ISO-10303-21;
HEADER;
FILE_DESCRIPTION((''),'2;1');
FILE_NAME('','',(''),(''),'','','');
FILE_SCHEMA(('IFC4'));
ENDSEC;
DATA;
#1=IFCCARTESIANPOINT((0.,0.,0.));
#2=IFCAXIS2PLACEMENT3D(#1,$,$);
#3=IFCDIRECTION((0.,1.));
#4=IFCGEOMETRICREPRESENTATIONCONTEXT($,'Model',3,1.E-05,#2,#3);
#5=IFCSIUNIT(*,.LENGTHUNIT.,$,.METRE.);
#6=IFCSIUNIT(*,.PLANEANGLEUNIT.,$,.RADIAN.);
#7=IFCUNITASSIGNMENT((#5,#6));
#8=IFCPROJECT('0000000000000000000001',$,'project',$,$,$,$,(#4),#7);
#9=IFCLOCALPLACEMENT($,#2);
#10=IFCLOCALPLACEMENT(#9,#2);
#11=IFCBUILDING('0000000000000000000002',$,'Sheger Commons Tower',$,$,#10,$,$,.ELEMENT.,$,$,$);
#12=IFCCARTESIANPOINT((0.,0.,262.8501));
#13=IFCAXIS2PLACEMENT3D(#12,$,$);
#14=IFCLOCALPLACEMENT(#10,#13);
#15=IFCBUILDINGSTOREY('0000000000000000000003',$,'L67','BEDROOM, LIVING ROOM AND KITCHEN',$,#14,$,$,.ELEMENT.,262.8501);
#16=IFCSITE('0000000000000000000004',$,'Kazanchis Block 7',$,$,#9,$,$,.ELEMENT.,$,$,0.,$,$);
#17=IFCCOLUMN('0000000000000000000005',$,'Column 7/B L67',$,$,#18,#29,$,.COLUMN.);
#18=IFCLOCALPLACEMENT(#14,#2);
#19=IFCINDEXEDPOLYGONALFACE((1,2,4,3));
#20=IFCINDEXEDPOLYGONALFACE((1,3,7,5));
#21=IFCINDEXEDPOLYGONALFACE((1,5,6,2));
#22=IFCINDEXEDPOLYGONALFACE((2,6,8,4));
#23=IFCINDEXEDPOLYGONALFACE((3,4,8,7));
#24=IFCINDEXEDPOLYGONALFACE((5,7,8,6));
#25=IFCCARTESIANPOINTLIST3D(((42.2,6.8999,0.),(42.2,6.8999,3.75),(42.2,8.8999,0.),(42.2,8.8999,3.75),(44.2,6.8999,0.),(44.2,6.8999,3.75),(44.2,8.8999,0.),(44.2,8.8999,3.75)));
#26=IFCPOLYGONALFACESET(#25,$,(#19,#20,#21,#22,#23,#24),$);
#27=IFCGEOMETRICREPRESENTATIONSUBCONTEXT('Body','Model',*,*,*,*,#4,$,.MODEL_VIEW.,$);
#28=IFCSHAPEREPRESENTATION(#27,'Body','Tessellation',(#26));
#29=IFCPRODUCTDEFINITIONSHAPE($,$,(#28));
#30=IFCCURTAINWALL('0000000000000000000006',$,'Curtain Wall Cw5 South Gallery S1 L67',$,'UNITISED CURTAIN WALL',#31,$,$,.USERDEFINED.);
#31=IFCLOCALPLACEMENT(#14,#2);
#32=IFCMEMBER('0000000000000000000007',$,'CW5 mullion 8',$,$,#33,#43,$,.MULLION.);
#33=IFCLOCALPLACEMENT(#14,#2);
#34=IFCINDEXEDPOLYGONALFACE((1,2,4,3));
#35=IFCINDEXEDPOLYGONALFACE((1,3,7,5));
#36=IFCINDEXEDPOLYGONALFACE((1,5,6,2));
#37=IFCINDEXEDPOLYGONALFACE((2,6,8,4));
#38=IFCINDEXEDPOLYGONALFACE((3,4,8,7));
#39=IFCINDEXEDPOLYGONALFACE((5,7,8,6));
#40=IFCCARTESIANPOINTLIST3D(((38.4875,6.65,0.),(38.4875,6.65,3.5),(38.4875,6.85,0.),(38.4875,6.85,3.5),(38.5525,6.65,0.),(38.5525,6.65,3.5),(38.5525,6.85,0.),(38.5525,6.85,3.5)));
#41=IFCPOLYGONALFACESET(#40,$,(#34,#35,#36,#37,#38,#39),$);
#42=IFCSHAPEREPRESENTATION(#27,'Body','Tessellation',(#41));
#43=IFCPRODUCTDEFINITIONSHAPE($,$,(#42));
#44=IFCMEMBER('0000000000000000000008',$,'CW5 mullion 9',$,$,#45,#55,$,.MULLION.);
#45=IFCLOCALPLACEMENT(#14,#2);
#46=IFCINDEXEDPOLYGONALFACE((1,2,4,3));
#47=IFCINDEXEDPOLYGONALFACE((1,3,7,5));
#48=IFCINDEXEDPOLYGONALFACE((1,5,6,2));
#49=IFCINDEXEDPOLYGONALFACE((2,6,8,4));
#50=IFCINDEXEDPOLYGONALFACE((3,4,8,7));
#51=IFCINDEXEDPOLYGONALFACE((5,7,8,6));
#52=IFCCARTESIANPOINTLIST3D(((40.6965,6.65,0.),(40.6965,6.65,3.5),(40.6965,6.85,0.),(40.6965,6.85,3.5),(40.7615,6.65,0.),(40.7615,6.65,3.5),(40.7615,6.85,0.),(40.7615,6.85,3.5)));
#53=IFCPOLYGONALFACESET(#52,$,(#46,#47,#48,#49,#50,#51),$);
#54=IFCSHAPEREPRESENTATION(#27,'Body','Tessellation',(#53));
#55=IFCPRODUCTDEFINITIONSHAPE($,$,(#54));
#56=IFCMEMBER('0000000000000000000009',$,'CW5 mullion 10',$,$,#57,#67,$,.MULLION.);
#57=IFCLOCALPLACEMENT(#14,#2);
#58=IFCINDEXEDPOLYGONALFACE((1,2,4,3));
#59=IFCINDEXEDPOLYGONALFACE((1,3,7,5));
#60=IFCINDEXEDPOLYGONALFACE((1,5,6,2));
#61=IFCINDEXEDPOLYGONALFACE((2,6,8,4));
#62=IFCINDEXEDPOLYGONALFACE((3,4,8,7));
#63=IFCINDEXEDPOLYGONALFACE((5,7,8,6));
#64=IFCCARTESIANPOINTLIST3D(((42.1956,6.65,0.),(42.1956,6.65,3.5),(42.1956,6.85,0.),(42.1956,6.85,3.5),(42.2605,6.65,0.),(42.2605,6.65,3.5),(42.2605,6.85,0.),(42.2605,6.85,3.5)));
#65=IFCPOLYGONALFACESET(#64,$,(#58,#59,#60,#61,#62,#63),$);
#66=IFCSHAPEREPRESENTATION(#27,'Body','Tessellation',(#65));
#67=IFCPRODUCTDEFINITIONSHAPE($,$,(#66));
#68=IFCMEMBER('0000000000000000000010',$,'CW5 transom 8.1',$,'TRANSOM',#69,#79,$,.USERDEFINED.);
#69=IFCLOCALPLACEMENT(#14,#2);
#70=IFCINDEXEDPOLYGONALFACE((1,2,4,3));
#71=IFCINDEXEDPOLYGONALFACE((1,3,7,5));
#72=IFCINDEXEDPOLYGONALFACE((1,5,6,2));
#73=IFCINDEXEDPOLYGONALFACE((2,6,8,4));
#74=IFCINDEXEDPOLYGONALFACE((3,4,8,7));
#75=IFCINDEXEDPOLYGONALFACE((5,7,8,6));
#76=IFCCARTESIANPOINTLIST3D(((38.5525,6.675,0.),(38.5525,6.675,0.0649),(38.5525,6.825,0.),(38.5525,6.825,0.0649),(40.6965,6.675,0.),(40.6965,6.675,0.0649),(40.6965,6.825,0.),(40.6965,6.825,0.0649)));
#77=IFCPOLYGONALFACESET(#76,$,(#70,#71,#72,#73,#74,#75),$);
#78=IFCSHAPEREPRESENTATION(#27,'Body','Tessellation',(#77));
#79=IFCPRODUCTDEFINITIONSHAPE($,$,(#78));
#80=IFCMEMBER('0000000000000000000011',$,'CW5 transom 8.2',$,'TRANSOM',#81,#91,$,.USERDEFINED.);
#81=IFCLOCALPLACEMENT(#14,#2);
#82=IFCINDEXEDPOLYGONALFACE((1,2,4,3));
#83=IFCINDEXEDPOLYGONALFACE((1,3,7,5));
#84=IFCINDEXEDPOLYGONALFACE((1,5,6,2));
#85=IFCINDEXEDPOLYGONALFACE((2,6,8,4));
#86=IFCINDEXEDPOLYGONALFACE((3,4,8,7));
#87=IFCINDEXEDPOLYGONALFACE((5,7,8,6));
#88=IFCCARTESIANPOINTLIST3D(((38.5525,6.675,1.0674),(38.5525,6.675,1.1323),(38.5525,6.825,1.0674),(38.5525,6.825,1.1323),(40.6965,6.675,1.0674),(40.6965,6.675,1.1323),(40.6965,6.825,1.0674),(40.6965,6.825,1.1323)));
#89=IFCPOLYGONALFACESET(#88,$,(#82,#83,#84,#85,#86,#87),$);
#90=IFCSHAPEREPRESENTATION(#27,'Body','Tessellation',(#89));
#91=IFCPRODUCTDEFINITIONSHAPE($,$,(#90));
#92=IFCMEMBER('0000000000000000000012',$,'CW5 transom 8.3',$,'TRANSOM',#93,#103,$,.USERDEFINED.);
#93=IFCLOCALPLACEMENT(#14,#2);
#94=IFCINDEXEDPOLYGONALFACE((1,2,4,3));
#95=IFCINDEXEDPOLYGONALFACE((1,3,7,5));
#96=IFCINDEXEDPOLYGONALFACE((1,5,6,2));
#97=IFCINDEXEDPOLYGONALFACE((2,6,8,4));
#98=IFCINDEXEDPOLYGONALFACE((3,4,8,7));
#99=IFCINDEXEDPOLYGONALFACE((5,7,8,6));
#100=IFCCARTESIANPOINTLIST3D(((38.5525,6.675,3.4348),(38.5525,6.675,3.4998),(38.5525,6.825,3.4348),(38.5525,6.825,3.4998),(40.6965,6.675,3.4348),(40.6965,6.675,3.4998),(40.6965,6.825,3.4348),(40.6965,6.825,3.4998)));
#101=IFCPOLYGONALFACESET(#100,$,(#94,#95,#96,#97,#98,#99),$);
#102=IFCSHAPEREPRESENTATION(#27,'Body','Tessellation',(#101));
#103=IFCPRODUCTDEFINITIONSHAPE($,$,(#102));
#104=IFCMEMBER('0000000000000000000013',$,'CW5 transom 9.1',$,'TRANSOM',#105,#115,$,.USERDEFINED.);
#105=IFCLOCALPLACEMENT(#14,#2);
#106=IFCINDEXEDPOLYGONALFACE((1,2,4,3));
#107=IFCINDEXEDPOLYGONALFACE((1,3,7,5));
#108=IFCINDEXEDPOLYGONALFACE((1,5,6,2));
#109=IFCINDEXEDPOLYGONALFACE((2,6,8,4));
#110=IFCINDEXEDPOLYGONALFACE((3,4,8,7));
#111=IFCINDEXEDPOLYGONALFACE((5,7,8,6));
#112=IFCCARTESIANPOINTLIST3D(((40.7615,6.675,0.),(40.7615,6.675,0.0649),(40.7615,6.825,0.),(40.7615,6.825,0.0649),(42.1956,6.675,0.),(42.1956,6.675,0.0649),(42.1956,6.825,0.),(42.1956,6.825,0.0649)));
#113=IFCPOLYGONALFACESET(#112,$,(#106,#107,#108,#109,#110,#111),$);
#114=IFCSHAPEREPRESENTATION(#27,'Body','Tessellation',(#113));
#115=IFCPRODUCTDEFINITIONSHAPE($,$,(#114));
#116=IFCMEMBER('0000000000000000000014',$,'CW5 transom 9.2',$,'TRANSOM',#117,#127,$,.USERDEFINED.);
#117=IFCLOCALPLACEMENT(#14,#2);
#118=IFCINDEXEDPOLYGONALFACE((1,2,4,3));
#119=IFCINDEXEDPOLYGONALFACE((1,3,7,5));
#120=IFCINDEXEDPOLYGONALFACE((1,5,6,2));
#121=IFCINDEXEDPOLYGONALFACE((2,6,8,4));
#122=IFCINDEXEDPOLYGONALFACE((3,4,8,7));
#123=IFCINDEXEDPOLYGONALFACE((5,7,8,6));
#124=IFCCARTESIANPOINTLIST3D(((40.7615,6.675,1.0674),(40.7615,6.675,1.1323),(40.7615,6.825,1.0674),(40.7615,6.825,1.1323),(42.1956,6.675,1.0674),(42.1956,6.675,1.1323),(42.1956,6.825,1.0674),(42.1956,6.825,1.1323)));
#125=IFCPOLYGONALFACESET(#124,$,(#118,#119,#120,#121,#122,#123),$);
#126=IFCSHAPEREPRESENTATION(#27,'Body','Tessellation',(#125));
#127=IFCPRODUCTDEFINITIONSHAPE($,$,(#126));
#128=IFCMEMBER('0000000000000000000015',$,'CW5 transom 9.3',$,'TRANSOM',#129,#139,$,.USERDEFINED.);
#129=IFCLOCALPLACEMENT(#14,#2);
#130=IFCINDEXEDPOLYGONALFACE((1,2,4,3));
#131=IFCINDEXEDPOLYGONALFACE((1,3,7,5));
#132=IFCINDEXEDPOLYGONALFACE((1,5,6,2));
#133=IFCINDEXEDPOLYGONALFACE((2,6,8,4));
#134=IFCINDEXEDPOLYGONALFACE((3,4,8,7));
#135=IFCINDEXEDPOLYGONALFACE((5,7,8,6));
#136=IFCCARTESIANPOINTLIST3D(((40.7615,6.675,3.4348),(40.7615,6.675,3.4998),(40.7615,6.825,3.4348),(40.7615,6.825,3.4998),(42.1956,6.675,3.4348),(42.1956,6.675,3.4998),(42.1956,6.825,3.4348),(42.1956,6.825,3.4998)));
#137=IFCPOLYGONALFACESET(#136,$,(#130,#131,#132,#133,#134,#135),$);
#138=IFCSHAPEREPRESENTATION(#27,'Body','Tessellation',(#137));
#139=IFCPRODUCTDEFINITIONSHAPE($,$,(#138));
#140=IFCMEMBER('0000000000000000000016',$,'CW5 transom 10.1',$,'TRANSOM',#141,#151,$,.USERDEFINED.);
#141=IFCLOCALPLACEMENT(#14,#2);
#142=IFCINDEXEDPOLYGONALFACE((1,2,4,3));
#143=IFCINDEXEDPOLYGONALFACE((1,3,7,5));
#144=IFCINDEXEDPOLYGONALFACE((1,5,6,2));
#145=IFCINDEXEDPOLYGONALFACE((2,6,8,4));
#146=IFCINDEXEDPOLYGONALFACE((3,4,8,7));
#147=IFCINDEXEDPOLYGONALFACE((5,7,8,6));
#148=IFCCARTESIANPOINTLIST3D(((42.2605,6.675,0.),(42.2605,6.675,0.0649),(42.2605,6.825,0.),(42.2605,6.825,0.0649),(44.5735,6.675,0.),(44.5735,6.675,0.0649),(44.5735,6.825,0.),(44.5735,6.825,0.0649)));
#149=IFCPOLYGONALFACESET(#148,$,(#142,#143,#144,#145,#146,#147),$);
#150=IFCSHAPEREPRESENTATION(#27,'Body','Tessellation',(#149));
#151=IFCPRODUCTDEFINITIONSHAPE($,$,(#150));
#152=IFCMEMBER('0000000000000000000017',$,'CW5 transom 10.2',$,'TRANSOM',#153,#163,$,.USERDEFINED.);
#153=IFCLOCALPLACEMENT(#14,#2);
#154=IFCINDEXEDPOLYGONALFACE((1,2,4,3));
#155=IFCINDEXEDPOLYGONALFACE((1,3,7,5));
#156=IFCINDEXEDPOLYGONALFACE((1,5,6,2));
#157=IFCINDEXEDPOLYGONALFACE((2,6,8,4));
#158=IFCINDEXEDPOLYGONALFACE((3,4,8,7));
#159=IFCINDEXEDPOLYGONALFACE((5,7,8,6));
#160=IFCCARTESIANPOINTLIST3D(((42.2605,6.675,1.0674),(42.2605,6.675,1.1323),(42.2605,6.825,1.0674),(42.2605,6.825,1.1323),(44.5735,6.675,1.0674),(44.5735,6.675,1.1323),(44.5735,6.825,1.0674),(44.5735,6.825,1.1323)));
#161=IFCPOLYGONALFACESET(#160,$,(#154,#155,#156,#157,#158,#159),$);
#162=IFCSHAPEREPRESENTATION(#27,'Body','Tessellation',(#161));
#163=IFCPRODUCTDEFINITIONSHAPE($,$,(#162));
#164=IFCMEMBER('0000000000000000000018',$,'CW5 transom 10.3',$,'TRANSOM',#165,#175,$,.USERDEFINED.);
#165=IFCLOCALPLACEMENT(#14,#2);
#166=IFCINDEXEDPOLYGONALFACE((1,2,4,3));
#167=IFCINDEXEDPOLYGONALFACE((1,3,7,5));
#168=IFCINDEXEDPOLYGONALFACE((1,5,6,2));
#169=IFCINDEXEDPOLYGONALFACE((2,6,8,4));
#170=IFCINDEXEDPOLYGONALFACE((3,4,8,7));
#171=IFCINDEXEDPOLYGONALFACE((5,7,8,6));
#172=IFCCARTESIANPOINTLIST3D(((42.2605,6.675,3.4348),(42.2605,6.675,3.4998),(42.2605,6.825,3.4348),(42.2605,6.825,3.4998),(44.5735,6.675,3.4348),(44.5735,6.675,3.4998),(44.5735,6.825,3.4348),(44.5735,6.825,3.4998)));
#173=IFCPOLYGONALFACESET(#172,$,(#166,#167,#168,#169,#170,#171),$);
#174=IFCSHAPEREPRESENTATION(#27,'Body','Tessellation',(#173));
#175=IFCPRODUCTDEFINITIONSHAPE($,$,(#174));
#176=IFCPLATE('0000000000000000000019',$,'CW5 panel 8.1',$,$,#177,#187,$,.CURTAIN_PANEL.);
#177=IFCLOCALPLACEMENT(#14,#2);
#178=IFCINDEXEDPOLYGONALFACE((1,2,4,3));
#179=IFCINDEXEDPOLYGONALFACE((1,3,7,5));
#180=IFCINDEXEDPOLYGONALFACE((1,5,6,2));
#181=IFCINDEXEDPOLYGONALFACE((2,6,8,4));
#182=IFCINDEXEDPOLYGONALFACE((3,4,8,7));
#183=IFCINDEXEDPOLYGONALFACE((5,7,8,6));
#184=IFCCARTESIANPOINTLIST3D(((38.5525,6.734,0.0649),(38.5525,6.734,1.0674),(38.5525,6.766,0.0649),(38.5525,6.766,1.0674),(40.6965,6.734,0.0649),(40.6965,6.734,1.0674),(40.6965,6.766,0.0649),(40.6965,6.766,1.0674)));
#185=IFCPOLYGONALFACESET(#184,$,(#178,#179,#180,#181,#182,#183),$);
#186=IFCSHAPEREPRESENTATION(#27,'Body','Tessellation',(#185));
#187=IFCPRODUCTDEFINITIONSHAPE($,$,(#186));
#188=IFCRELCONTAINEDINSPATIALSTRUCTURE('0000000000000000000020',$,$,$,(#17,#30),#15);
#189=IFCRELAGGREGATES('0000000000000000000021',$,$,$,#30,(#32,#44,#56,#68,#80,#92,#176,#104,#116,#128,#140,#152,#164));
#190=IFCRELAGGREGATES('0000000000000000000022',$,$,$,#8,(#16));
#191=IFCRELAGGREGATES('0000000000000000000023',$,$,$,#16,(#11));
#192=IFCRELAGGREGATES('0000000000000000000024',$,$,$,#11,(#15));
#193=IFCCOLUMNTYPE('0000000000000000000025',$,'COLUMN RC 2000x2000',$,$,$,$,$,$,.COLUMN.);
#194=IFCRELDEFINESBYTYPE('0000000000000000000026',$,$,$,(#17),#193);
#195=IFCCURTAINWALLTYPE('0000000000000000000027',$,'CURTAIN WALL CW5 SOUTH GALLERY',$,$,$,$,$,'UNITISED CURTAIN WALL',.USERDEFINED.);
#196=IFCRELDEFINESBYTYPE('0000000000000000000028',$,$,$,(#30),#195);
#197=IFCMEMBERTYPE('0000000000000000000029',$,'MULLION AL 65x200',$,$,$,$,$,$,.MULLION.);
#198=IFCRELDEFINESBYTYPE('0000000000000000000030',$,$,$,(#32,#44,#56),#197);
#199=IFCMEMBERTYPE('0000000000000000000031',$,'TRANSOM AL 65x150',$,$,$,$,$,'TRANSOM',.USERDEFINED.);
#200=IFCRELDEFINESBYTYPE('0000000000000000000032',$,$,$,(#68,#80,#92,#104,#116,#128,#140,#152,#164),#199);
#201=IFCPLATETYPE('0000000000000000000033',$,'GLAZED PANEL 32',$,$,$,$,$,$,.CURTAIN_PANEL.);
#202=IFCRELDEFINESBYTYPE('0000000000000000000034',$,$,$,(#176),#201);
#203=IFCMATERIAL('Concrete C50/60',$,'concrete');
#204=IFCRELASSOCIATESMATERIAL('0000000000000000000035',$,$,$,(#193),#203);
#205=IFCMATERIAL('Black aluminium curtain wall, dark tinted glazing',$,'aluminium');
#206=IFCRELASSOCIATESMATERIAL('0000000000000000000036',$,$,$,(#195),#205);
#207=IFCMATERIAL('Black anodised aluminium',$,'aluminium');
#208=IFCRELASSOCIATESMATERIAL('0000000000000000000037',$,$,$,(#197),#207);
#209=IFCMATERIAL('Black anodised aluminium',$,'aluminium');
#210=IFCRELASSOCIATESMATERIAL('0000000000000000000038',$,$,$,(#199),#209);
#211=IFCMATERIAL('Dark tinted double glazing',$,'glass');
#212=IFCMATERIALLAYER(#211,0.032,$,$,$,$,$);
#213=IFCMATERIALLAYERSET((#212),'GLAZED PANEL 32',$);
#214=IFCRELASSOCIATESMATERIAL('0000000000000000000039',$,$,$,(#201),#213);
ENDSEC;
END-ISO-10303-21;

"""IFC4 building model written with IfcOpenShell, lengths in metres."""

from ifc_helpers import new_model, si_unit, direction, frame, origin, origin_2d, place, context, subcontext, project, spatial, rectangle, extrude, material, layer, layer_set, material_profile, profile_set, type_object, element, aggregate, save


model = new_model("IFC4")

# Units and contexts
model_context = context("Model", 3, precision=1e-05, world=origin(), true_north=direction((0.0, 1.0)))
body_context = subcontext(model_context, "Body", "Model", "MODEL_VIEW")
ifc_project = project(units=[si_unit("LENGTHUNIT", "METRE"), si_unit("PLANEANGLEUNIT", "RADIAN")], contexts=[model_context])

# Site, building, storey
site_placement = place(None, origin())
site = spatial("IfcSite", under=ifc_project, at=site_placement, Name="Kazanchis Block 7", CompositionType="ELEMENT", RefElevation=0.0)
building_placement = place(site_placement, origin())
building = spatial("IfcBuilding", under=site, at=building_placement, Name="Sheger Commons Tower", CompositionType="ELEMENT")
storey_placement = place(building_placement, frame((0.0, 0.0, 262.8501)))
storey = spatial("IfcBuildingStorey", under=building, at=storey_placement, Name="L67", Description="BEDROOM, LIVING ROOM AND KITCHEN", CompositionType="ELEMENT", Elevation=262.8501)

# Column
ifc_material_1 = material(Name="Concrete C50/60", Category="concrete")
ifc_material_profile_1 = material_profile(ifc_material_1, rectangle(XDim=2.0, YDim=2.0, at=origin_2d()), Name="RC 2000x2000")
ifc_profile_set_1 = profile_set([ifc_material_profile_1], Name="Concrete C50/60")
column_type = type_object("IfcColumnType", Name="COLUMN RC 2000x2000", PredefinedType="COLUMN", material=ifc_profile_set_1)
column_placement = place(storey_placement, frame((43.2, 7.8999, 0.0), z_axis=(0.0, 0.0, 1.0), x_axis=(1.0, 0.0, 0.0)))
element("IfcColumn", 1, at=column_placement, inside=storey, type_object=column_type, Name="Column 7/B L67", PredefinedType="COLUMN", context=body_context, shape_type="SweptSolid", body=[
    extrude(rectangle(XDim=2.0, YDim=2.0, at=origin_2d()), origin(), (0.0, 0.0, 1.0), 3.75),
])

# Curtain wall, members, plate
ifc_material_2 = material(Name="Black aluminium curtain wall, dark tinted glazing", Category="aluminium")
curtain_wall_type = type_object("IfcCurtainWallType", Name="CURTAIN WALL CW5 SOUTH GALLERY", ElementType="UNITISED CURTAIN WALL", PredefinedType="USERDEFINED", material=ifc_material_2)
curtain_wall_placement = place(storey_placement, origin())
curtain_wall = element("IfcCurtainWall", 2, at=curtain_wall_placement, inside=storey, type_object=curtain_wall_type, Name="Curtain Wall Cw5 South Gallery S1 L67", ObjectType="UNITISED CURTAIN WALL", PredefinedType="USERDEFINED")
ifc_material_3 = material(Name="Black anodised aluminium", Category="aluminium")
ifc_material_profile_2 = material_profile(ifc_material_3, rectangle(XDim=0.2, YDim=0.0649, at=origin_2d()), Name="AL 65x200")
ifc_profile_set_2 = profile_set([ifc_material_profile_2], Name="Black anodised aluminium")
member_type_1 = type_object("IfcMemberType", Name="MULLION AL 65x200", PredefinedType="MULLION", material=ifc_profile_set_2)
member_1_placement = place(storey_placement, frame((38.52, 6.75, 0.0), z_axis=(0.0, 0.0, 1.0), x_axis=(0.0, 1.0, 0.0)))
member_1 = element("IfcMember", 3, at=member_1_placement, type_object=member_type_1, Name="CW5 mullion 8", PredefinedType="MULLION", context=body_context, shape_type="SweptSolid", body=[
    extrude(rectangle(XDim=0.2, YDim=0.0649, at=origin_2d()), origin(), (0.0, 0.0, 1.0), 3.5),
])
member_2_placement = place(storey_placement, frame((40.729, 6.75, 0.0), z_axis=(0.0, 0.0, 1.0), x_axis=(0.0, 1.0, 0.0)))
member_2 = element("IfcMember", 4, at=member_2_placement, type_object=member_type_1, Name="CW5 mullion 9", PredefinedType="MULLION", context=body_context, shape_type="SweptSolid", body=[
    extrude(rectangle(XDim=0.2, YDim=0.0649, at=origin_2d()), origin(), (0.0, 0.0, 1.0), 3.5),
])
member_3_placement = place(storey_placement, frame((42.228, 6.75, 0.0), z_axis=(0.0, 0.0, 1.0), x_axis=(0.0, 1.0, 0.0)))
member_3 = element("IfcMember", 5, at=member_3_placement, type_object=member_type_1, Name="CW5 mullion 10", PredefinedType="MULLION", context=body_context, shape_type="SweptSolid", body=[
    extrude(rectangle(XDim=0.2, YDim=0.0649, at=origin_2d()), origin(), (0.0, 0.0, 1.0), 3.5),
])
ifc_material_4 = material(Name="Black anodised aluminium", Category="aluminium")
ifc_material_profile_3 = material_profile(ifc_material_4, rectangle(XDim=0.1499, YDim=0.0649, at=origin_2d()), Name="AL 65x150")
ifc_profile_set_3 = profile_set([ifc_material_profile_3], Name="Black anodised aluminium")
member_type_2 = type_object("IfcMemberType", Name="TRANSOM AL 65x150", ElementType="TRANSOM", PredefinedType="USERDEFINED", material=ifc_profile_set_3)
member_4_placement = place(storey_placement, frame((38.5525, 6.75, 0.0325), z_axis=(1.0, 0.0, 0.0), x_axis=(0.0, 1.0, 0.0)))
member_4 = element("IfcMember", 6, at=member_4_placement, type_object=member_type_2, Name="CW5 transom 8.1", ObjectType="TRANSOM", PredefinedType="USERDEFINED", context=body_context, shape_type="SweptSolid", body=[
    extrude(rectangle(XDim=0.1499, YDim=0.0649, at=origin_2d()), origin(), (0.0, 0.0, 1.0), 2.144),
])
member_5_placement = place(storey_placement, frame((38.5525, 6.75, 1.0999), z_axis=(1.0, 0.0, 0.0), x_axis=(0.0, 1.0, 0.0)))
member_5 = element("IfcMember", 7, at=member_5_placement, type_object=member_type_2, Name="CW5 transom 8.2", ObjectType="TRANSOM", PredefinedType="USERDEFINED", context=body_context, shape_type="SweptSolid", body=[
    extrude(rectangle(XDim=0.1499, YDim=0.0649, at=origin_2d()), origin(), (0.0, 0.0, 1.0), 2.144),
])
member_6_placement = place(storey_placement, frame((38.5525, 6.75, 3.4673), z_axis=(1.0, 0.0, 0.0), x_axis=(0.0, 1.0, 0.0)))
member_6 = element("IfcMember", 8, at=member_6_placement, type_object=member_type_2, Name="CW5 transom 8.3", ObjectType="TRANSOM", PredefinedType="USERDEFINED", context=body_context, shape_type="SweptSolid", body=[
    extrude(rectangle(XDim=0.1499, YDim=0.0649, at=origin_2d()), origin(), (0.0, 0.0, 1.0), 2.144),
])
member_7_placement = place(storey_placement, frame((40.7615, 6.75, 0.0325), z_axis=(1.0, 0.0, 0.0), x_axis=(0.0, 1.0, 0.0)))
member_7 = element("IfcMember", 9, at=member_7_placement, type_object=member_type_2, Name="CW5 transom 9.1", ObjectType="TRANSOM", PredefinedType="USERDEFINED", context=body_context, shape_type="SweptSolid", body=[
    extrude(rectangle(XDim=0.1499, YDim=0.0649, at=origin_2d()), origin(), (0.0, 0.0, 1.0), 1.4341),
])
member_8_placement = place(storey_placement, frame((40.7615, 6.75, 1.0999), z_axis=(1.0, 0.0, 0.0), x_axis=(0.0, 1.0, 0.0)))
member_8 = element("IfcMember", 10, at=member_8_placement, type_object=member_type_2, Name="CW5 transom 9.2", ObjectType="TRANSOM", PredefinedType="USERDEFINED", context=body_context, shape_type="SweptSolid", body=[
    extrude(rectangle(XDim=0.1499, YDim=0.0649, at=origin_2d()), origin(), (0.0, 0.0, 1.0), 1.4341),
])
member_9_placement = place(storey_placement, frame((40.7615, 6.75, 3.4673), z_axis=(1.0, 0.0, 0.0), x_axis=(0.0, 1.0, 0.0)))
member_9 = element("IfcMember", 11, at=member_9_placement, type_object=member_type_2, Name="CW5 transom 9.3", ObjectType="TRANSOM", PredefinedType="USERDEFINED", context=body_context, shape_type="SweptSolid", body=[
    extrude(rectangle(XDim=0.1499, YDim=0.0649, at=origin_2d()), origin(), (0.0, 0.0, 1.0), 1.4341),
])
member_10_placement = place(storey_placement, frame((42.2605, 6.75, 0.0325), z_axis=(1.0, 0.0, 0.0), x_axis=(0.0, 1.0, 0.0)))
member_10 = element("IfcMember", 12, at=member_10_placement, type_object=member_type_2, Name="CW5 transom 10.1", ObjectType="TRANSOM", PredefinedType="USERDEFINED", context=body_context, shape_type="SweptSolid", body=[
    extrude(rectangle(XDim=0.1499, YDim=0.0649, at=origin_2d()), origin(), (0.0, 0.0, 1.0), 2.313),
])
member_11_placement = place(storey_placement, frame((42.2605, 6.75, 1.0999), z_axis=(1.0, 0.0, 0.0), x_axis=(0.0, 1.0, 0.0)))
member_11 = element("IfcMember", 13, at=member_11_placement, type_object=member_type_2, Name="CW5 transom 10.2", ObjectType="TRANSOM", PredefinedType="USERDEFINED", context=body_context, shape_type="SweptSolid", body=[
    extrude(rectangle(XDim=0.1499, YDim=0.0649, at=origin_2d()), origin(), (0.0, 0.0, 1.0), 2.313),
])
member_12_placement = place(storey_placement, frame((42.2605, 6.75, 3.4673), z_axis=(1.0, 0.0, 0.0), x_axis=(0.0, 1.0, 0.0)))
member_12 = element("IfcMember", 14, at=member_12_placement, type_object=member_type_2, Name="CW5 transom 10.3", ObjectType="TRANSOM", PredefinedType="USERDEFINED", context=body_context, shape_type="SweptSolid", body=[
    extrude(rectangle(XDim=0.1499, YDim=0.0649, at=origin_2d()), origin(), (0.0, 0.0, 1.0), 2.313),
])
ifc_material_5 = material(Name="Dark tinted double glazing", Category="glass")
ifc_layer_1 = layer(ifc_material_5, 0.032)
ifc_layer_set_1 = layer_set([ifc_layer_1], Name="GLAZED PANEL 32")
plate_type = type_object("IfcPlateType", Name="GLAZED PANEL 32", PredefinedType="CURTAIN_PANEL", material=ifc_layer_set_1)
plate_1_placement = place(storey_placement, frame((39.6245, 6.75, 0.0649), z_axis=(0.0, 0.0, 1.0), x_axis=(1.0, 0.0, 0.0)))
plate_1 = element("IfcPlate", 15, at=plate_1_placement, type_object=plate_type, Name="CW5 panel 8.1", PredefinedType="CURTAIN_PANEL", context=body_context, shape_type="SweptSolid", body=[
    extrude(rectangle(XDim=2.144, YDim=0.032, at=origin_2d()), origin(), (0.0, 0.0, 1.0), 1.0024),
])
aggregate(curtain_wall, [member_1, member_2, member_3, member_4, member_5, member_6, plate_1, member_7, member_8, member_9, member_10, member_11, member_12])

save(model, "model.ifc")
